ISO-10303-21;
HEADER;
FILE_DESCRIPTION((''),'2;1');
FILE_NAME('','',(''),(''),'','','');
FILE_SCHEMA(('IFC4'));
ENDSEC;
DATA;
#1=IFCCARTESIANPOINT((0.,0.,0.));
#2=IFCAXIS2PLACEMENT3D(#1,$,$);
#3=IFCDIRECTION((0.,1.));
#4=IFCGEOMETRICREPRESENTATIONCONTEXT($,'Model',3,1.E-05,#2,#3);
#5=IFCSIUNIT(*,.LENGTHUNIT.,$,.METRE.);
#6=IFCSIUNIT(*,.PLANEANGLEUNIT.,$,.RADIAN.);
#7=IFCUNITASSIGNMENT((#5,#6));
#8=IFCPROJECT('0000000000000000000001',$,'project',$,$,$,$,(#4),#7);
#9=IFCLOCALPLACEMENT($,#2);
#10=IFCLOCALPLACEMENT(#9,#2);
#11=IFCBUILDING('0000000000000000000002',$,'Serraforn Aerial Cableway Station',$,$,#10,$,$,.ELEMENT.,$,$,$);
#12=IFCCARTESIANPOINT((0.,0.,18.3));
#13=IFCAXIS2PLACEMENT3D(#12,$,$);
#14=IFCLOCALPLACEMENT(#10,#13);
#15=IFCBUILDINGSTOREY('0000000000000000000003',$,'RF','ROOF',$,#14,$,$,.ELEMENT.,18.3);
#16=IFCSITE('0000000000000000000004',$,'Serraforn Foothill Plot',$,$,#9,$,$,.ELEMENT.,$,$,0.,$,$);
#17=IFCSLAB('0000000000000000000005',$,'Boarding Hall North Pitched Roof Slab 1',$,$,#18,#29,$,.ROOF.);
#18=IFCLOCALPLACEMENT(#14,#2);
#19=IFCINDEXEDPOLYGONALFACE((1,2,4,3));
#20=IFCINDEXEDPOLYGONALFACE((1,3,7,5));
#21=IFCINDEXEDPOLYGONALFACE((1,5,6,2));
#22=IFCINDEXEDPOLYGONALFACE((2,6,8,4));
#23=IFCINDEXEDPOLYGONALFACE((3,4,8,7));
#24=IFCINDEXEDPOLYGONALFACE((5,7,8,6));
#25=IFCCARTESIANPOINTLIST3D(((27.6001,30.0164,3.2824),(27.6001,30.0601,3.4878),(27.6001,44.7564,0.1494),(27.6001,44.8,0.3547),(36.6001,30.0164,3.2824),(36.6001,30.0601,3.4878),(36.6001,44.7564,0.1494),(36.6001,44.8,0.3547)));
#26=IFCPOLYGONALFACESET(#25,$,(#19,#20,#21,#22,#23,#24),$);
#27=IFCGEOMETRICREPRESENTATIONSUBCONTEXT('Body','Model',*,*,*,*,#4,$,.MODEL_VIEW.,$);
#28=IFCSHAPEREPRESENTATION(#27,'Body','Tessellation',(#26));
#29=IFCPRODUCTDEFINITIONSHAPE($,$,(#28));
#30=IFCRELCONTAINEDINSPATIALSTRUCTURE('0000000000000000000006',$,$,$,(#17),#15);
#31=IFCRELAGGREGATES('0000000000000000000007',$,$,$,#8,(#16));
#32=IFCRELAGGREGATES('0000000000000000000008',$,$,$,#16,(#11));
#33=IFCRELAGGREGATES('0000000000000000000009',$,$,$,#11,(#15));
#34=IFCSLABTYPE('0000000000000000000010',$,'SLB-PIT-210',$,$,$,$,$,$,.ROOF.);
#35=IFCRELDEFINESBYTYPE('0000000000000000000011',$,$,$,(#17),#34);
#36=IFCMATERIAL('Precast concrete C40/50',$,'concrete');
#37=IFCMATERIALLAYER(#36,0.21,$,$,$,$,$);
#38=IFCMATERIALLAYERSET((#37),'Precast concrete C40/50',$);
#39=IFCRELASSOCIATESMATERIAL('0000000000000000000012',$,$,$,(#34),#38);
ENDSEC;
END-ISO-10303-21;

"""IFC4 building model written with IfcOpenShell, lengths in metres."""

from ifc_helpers import new_model, si_unit, direction, frame, origin, place, context, subcontext, project, spatial, polyline, outline, extrude, material, layer, layer_set, type_object, element, save


model = new_model("IFC4")

# Units and contexts
model_context = context("Model", 3, precision=1e-05, world=origin(), true_north=direction((0.0, 1.0)))
body_context = subcontext(model_context, "Body", "Model", "MODEL_VIEW")
ifc_project = project(units=[si_unit("LENGTHUNIT", "METRE"), si_unit("PLANEANGLEUNIT", "RADIAN")], contexts=[model_context])

# Site, building, storey
site_placement = place(None, origin())
site = spatial("IfcSite", under=ifc_project, at=site_placement, Name="Serraforn Foothill Plot", CompositionType="ELEMENT", RefElevation=0.0)
building_placement = place(site_placement, origin())
building = spatial("IfcBuilding", under=site, at=building_placement, Name="Serraforn Aerial Cableway Station", CompositionType="ELEMENT")
storey_placement = place(building_placement, frame((0.0, 0.0, 18.3)))
storey = spatial("IfcBuildingStorey", under=building, at=storey_placement, Name="RF", Description="ROOF", CompositionType="ELEMENT", Elevation=18.3)

# Slab
ifc_material_1 = material(Name="Precast concrete C40/50", Category="concrete")
ifc_layer_1 = layer(ifc_material_1, 0.21)
ifc_layer_set_1 = layer_set([ifc_layer_1], Name="Precast concrete C40/50")
slab_type = type_object("IfcSlabType", Name="SLB-PIT-210", PredefinedType="ROOF", material=ifc_layer_set_1)
slab_placement = place(storey_placement, frame((36.6001, 44.8, 0.3547), z_axis=(0.0, 0.20791, 0.978148), x_axis=(-1.0, 0.0, 0.0)))
element("IfcSlab", 1, at=slab_placement, inside=storey, type_object=slab_type, Name="Boarding Hall North Pitched Roof Slab 1", PredefinedType="ROOF", context=body_context, shape_type="SweptSolid", body=[
    extrude(outline(polyline([(0.0, 0.0), (9.0, 0.0), (9.0, 15.0693), (0.0, 15.0693), (0.0, 0.0)])), origin(), (0.0, 0.0, -1.0), 0.21),
])

save(model, "model.ifc")
